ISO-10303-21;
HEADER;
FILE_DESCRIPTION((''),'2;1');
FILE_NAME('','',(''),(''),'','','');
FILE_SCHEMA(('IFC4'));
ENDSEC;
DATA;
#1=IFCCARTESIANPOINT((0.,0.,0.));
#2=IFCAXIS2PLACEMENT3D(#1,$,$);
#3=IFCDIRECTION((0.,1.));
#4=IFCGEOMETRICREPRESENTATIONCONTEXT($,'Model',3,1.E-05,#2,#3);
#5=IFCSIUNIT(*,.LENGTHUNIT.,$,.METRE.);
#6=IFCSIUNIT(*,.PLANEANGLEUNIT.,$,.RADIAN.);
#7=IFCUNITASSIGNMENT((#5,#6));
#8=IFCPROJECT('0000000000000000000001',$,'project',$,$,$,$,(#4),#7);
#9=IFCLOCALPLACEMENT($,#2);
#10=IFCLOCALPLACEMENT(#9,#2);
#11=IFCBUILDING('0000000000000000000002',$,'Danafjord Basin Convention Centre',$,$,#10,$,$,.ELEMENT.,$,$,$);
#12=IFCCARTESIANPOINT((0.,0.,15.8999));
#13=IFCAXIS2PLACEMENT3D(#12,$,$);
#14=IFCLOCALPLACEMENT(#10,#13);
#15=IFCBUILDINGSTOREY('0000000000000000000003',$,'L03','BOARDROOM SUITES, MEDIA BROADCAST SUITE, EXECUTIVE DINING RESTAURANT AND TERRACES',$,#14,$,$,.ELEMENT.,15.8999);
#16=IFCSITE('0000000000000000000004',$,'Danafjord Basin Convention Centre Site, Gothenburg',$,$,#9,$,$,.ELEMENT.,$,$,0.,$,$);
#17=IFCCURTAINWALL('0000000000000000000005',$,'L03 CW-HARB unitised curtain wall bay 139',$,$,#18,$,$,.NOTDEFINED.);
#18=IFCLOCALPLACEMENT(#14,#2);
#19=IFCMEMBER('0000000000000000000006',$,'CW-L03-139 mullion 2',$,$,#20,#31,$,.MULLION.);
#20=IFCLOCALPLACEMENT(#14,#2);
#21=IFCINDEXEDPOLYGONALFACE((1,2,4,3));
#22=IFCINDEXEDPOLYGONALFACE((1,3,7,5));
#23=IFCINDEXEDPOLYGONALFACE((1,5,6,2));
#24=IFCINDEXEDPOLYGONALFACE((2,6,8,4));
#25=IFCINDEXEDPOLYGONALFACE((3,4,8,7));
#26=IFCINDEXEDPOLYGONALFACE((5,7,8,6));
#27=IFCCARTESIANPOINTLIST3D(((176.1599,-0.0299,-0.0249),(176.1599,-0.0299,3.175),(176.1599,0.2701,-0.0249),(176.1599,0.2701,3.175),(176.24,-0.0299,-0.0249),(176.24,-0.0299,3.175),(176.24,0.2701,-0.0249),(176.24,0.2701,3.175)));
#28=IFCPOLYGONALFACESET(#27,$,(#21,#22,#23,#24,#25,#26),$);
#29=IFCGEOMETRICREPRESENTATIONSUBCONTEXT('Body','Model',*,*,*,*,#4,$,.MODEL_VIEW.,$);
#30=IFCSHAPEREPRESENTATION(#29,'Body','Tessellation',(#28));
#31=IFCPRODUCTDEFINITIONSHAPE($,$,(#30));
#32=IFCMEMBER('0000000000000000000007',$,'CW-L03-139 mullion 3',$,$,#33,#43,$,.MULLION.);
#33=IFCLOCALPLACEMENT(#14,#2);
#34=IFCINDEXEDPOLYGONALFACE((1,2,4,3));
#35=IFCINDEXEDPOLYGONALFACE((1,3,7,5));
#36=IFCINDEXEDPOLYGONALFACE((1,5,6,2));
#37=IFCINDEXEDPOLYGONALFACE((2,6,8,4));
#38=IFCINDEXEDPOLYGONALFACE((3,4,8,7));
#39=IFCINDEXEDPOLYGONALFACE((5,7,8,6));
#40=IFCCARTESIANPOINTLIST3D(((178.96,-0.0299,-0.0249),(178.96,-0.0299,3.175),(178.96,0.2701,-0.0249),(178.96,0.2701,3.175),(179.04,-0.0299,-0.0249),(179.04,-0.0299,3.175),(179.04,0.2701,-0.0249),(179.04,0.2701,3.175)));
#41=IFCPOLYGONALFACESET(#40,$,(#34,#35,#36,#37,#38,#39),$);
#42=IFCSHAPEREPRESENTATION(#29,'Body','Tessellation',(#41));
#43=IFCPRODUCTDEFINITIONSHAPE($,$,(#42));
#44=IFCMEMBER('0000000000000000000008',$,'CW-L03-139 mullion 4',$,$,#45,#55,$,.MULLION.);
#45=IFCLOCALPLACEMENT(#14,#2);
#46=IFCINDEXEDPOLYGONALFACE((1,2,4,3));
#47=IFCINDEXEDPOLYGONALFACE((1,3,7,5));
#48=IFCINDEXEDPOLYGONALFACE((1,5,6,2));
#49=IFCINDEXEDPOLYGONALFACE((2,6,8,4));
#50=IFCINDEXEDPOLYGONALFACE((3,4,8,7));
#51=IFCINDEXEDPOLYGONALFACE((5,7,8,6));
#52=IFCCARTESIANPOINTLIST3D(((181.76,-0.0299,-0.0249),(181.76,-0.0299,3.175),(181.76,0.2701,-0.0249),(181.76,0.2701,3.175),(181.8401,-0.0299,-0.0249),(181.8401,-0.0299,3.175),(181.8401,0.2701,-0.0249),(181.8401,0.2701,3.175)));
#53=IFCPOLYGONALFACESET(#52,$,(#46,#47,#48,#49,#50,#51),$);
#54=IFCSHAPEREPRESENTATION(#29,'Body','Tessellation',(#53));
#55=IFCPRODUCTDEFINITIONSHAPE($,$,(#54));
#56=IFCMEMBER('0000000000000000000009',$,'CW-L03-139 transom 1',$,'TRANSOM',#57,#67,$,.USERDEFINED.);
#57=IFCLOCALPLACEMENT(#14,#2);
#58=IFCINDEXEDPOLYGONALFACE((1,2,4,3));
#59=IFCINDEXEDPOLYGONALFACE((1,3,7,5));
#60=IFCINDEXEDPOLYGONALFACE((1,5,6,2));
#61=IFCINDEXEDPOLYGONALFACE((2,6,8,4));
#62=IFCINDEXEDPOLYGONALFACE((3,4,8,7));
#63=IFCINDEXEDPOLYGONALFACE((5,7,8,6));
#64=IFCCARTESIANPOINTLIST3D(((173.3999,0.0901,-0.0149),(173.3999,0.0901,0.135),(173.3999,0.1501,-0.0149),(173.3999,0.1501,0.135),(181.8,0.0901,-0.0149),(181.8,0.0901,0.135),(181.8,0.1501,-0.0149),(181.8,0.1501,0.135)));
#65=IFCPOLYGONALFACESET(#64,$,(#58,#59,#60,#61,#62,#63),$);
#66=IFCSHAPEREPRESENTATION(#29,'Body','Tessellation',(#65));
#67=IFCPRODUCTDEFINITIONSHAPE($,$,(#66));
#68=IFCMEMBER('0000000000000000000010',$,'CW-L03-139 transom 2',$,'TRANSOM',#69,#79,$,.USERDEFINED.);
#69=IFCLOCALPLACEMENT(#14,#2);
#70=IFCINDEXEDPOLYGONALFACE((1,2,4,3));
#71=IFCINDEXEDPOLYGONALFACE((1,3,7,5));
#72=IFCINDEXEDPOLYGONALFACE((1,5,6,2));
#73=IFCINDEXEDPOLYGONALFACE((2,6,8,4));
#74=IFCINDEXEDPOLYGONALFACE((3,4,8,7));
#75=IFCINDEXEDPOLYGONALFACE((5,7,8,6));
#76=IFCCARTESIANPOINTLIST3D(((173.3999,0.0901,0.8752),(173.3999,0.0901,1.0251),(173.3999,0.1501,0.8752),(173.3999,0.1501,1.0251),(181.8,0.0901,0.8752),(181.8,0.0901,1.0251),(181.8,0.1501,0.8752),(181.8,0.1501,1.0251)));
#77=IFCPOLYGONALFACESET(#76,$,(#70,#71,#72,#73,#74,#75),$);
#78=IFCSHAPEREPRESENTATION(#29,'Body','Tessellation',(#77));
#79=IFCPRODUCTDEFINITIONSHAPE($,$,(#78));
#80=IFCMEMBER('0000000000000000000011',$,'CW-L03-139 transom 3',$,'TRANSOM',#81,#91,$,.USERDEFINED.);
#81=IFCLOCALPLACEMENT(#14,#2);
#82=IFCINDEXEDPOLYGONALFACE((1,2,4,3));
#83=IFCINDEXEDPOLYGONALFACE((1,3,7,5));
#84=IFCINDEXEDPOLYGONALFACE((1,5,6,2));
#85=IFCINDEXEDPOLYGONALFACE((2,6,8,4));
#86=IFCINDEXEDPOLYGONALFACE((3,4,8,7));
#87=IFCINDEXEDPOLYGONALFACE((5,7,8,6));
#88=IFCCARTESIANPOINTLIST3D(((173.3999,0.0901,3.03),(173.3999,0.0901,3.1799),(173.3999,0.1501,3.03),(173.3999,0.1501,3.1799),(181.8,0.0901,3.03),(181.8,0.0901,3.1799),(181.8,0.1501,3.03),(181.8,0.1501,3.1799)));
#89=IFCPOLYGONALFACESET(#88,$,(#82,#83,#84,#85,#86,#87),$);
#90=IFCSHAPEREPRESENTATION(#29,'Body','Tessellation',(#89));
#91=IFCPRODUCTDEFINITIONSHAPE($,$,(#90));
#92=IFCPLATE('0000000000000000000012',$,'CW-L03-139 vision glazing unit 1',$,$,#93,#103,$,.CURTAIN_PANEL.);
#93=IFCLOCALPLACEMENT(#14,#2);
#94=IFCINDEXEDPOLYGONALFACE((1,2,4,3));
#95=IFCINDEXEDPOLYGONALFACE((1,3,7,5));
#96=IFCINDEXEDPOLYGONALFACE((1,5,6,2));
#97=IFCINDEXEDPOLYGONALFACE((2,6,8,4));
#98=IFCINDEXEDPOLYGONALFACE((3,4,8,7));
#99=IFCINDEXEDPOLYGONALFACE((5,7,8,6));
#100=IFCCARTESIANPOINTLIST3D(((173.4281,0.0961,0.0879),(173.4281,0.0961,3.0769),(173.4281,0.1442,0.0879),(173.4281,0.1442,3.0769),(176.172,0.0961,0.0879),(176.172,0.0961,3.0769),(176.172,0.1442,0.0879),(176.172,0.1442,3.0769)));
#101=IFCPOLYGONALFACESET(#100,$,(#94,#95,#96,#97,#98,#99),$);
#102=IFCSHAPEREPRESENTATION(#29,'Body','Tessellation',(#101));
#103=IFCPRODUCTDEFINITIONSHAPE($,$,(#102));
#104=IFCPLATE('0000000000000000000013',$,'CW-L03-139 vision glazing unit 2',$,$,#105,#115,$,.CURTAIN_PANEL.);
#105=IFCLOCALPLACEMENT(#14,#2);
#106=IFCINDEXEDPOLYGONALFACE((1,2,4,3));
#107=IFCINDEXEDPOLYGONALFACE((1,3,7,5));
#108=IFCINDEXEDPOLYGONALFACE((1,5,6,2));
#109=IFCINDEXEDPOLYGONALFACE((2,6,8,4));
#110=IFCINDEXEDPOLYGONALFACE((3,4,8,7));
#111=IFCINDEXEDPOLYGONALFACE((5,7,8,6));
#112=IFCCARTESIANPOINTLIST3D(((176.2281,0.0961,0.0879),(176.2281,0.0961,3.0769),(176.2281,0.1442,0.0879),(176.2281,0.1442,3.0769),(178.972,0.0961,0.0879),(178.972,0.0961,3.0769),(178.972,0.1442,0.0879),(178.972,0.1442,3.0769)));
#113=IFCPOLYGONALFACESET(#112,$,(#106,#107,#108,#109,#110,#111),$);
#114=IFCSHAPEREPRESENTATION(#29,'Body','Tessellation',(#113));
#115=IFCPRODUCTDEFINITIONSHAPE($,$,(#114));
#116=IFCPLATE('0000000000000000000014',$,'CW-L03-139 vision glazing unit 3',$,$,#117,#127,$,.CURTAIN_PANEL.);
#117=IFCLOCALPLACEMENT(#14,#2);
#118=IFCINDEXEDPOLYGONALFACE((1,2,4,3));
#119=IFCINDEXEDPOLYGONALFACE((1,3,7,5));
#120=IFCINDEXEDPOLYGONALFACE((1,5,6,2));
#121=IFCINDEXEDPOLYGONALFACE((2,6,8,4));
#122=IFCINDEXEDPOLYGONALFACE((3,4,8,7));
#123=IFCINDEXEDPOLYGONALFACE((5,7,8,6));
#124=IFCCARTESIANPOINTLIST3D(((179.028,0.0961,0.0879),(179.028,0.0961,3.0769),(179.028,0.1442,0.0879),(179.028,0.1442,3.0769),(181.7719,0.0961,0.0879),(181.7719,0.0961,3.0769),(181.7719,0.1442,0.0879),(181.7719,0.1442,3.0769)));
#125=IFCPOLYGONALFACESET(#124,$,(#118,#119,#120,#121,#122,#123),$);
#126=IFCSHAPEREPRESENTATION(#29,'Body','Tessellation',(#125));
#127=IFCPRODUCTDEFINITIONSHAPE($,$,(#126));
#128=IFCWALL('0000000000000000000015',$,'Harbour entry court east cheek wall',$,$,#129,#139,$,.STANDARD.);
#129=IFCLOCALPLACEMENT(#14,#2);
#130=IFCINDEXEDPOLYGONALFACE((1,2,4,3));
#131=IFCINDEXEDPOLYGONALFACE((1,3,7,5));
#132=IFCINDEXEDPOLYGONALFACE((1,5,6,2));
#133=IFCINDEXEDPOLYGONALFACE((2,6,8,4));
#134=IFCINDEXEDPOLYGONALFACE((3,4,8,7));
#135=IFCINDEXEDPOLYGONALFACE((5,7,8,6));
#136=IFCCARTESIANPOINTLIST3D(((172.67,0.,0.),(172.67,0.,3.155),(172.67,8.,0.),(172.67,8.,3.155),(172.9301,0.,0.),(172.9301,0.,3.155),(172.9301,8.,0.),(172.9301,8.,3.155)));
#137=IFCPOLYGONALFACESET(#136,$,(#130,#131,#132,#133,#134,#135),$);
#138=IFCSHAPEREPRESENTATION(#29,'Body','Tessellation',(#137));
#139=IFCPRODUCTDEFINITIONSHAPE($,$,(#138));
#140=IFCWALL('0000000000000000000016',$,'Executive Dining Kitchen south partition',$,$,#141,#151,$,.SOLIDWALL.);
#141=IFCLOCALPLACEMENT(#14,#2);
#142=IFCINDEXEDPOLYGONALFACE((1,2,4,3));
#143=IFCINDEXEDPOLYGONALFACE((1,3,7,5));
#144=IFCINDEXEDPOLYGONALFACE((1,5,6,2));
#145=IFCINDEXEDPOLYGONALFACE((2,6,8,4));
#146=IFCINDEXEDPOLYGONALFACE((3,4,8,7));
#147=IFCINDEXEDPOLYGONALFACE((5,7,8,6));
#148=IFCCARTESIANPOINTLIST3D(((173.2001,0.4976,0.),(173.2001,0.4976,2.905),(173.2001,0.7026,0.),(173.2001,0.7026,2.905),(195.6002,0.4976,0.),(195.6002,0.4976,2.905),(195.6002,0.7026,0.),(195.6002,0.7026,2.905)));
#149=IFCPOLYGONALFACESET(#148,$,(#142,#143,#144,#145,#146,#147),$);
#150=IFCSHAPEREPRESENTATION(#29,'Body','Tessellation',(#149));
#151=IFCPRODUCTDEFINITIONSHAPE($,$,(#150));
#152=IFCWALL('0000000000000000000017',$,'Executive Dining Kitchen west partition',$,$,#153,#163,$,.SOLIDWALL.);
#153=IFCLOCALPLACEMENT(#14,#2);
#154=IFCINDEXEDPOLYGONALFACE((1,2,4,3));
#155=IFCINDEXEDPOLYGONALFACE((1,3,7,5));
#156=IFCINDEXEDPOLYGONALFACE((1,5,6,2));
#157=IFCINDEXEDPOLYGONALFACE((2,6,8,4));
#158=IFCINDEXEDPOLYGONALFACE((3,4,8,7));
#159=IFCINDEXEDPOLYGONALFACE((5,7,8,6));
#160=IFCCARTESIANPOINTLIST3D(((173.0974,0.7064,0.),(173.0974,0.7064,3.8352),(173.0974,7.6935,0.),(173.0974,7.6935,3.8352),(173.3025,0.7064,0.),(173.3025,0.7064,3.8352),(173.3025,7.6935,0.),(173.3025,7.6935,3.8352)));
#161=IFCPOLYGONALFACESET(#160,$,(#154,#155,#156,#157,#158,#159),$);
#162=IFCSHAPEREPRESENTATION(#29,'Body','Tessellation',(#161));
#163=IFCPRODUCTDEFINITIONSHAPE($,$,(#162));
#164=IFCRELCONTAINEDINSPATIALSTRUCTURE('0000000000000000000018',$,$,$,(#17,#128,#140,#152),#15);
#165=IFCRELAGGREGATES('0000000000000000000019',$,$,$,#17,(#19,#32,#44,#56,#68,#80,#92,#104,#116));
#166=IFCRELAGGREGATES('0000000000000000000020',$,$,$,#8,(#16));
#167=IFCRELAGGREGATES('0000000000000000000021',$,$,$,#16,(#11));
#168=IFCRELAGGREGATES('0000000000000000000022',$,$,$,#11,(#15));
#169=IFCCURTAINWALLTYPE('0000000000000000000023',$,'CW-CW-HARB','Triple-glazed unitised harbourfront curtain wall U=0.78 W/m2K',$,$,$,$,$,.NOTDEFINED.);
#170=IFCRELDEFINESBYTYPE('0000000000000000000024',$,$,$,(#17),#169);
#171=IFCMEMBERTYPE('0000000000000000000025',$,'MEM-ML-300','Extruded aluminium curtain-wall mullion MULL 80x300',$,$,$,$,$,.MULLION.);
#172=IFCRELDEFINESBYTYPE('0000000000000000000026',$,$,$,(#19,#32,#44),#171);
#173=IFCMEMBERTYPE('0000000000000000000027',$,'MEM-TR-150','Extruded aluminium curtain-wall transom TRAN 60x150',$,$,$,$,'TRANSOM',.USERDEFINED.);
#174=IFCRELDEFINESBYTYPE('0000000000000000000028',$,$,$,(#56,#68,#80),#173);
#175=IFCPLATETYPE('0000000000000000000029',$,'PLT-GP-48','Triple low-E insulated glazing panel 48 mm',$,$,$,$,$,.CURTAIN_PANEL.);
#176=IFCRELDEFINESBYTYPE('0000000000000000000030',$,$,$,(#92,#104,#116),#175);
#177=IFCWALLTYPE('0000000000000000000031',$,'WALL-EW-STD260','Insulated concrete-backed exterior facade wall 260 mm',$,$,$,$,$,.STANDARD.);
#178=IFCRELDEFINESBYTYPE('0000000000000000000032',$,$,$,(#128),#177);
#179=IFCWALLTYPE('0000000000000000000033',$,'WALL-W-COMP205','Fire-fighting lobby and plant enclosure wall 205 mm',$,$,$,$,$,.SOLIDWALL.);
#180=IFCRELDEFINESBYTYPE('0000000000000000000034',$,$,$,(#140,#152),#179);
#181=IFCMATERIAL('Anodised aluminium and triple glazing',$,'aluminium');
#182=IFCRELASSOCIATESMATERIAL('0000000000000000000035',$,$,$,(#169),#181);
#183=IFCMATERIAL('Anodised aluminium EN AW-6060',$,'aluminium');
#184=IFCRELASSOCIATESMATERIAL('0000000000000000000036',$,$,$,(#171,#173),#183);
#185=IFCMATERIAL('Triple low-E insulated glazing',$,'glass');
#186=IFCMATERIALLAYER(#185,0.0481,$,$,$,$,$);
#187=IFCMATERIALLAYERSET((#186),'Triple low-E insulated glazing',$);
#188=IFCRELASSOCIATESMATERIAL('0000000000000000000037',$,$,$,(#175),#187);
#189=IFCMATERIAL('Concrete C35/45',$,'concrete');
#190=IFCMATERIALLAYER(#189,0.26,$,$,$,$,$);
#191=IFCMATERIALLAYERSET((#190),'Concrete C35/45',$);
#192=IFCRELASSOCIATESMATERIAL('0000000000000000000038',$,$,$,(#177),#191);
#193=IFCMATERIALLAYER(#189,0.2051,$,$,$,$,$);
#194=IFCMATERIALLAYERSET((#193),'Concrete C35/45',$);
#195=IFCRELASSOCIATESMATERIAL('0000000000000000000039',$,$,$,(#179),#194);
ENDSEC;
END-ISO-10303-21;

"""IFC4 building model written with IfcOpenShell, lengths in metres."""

from ifc_helpers import new_model, si_unit, direction, frame, frame_2d, origin, origin_2d, place, context, subcontext, project, spatial, rectangle, extrude, material, layer, layer_set, material_profile, profile_set, type_object, element, aggregate, save


model = new_model("IFC4")

# Units and contexts
model_context = context("Model", 3, precision=1e-05, world=origin(), true_north=direction((0.0, 1.0)))
body_context = subcontext(model_context, "Body", "Model", "MODEL_VIEW")
ifc_project = project(units=[si_unit("LENGTHUNIT", "METRE"), si_unit("PLANEANGLEUNIT", "RADIAN")], contexts=[model_context])

# Site, building, storey
site_placement = place(None, origin())
site = spatial("IfcSite", under=ifc_project, at=site_placement, Name="Danafjord Basin Convention Centre Site, Gothenburg", CompositionType="ELEMENT", RefElevation=0.0)
building_placement = place(site_placement, origin())
building = spatial("IfcBuilding", under=site, at=building_placement, Name="Danafjord Basin Convention Centre", CompositionType="ELEMENT")
storey_placement = place(building_placement, frame((0.0, 0.0, 15.8999)))
storey = spatial("IfcBuildingStorey", under=building, at=storey_placement, Name="L03", Description="BOARDROOM SUITES, MEDIA BROADCAST SUITE, EXECUTIVE DINING RESTAURANT AND TERRACES", CompositionType="ELEMENT", Elevation=15.8999)

# Curtain wall, members, plates
ifc_material_1 = material(Name="Anodised aluminium and triple glazing", Category="aluminium")
curtain_wall_type = type_object("IfcCurtainWallType", Name="CW-CW-HARB", Description="Triple-glazed unitised harbourfront curtain wall U=0.78 W/m2K", PredefinedType="NOTDEFINED", material=ifc_material_1)
curtain_wall_placement = place(storey_placement, origin())
curtain_wall = element("IfcCurtainWall", 1, at=curtain_wall_placement, inside=storey, type_object=curtain_wall_type, Name="L03 CW-HARB unitised curtain wall bay 139", PredefinedType="NOTDEFINED")
ifc_material_2 = material(Name="Anodised aluminium EN AW-6060", Category="aluminium")
ifc_material_profile_1 = material_profile(ifc_material_2, rectangle(XDim=0.0801, YDim=0.3, at=origin_2d()), Name="MULL 80x300")
ifc_profile_set_1 = profile_set([ifc_material_profile_1], Name="Anodised aluminium EN AW-6060")
member_type_1 = type_object("IfcMemberType", Name="MEM-ML-300", Description="Extruded aluminium curtain-wall mullion MULL 80x300", PredefinedType="MULLION", material=ifc_profile_set_1)
member_1_placement = place(storey_placement, frame((176.2, 0.1201, -0.0249), z_axis=(0.0, 0.0, 1.0), x_axis=(1.0, 0.0, 0.0)))
member_1 = element("IfcMember", 2, at=member_1_placement, type_object=member_type_1, Name="CW-L03-139 mullion 2", PredefinedType="MULLION", context=body_context, shape_type="SweptSolid", body=[
    extrude(rectangle(XDim=0.0801, YDim=0.3, at=origin_2d()), origin(), (0.0, 0.0, 1.0), 3.2),
])
member_2_placement = place(storey_placement, frame((179.0, 0.1201, -0.0249), z_axis=(0.0, 0.0, 1.0), x_axis=(1.0, 0.0, 0.0)))
member_2 = element("IfcMember", 3, at=member_2_placement, type_object=member_type_1, Name="CW-L03-139 mullion 3", PredefinedType="MULLION", context=body_context, shape_type="SweptSolid", body=[
    extrude(rectangle(XDim=0.0801, YDim=0.3, at=origin_2d()), origin(), (0.0, 0.0, 1.0), 3.2),
])
member_3_placement = place(storey_placement, frame((181.8, 0.1201, -0.0249), z_axis=(0.0, 0.0, 1.0), x_axis=(1.0, 0.0, 0.0)))
member_3 = element("IfcMember", 4, at=member_3_placement, type_object=member_type_1, Name="CW-L03-139 mullion 4", PredefinedType="MULLION", context=body_context, shape_type="SweptSolid", body=[
    extrude(rectangle(XDim=0.0801, YDim=0.3, at=origin_2d()), origin(), (0.0, 0.0, 1.0), 3.2),
])
ifc_material_profile_2 = material_profile(ifc_material_2, rectangle(XDim=0.0601, YDim=0.1499, at=origin_2d()), Name="TRAN 60x150")
ifc_profile_set_2 = profile_set([ifc_material_profile_2], Name="Anodised aluminium EN AW-6060")
member_type_2 = type_object("IfcMemberType", Name="MEM-TR-150", Description="Extruded aluminium curtain-wall transom TRAN 60x150", ElementType="TRANSOM", PredefinedType="USERDEFINED", material=ifc_profile_set_2)
member_4_placement = place(storey_placement, frame((173.3999, 0.1201, 0.0601), z_axis=(1.0, 0.0, 0.0), x_axis=(0.0, 1.0, 0.0)))
member_4 = element("IfcMember", 5, at=member_4_placement, type_object=member_type_2, Name="CW-L03-139 transom 1", ObjectType="TRANSOM", PredefinedType="USERDEFINED", context=body_context, shape_type="SweptSolid", body=[
    extrude(rectangle(XDim=0.0601, YDim=0.1499, at=origin_2d()), origin(), (0.0, 0.0, 1.0), 8.4001),
])
member_5_placement = place(storey_placement, frame((173.3999, 0.1201, 0.9502), z_axis=(1.0, 0.0, 0.0), x_axis=(0.0, 1.0, 0.0)))
member_5 = element("IfcMember", 6, at=member_5_placement, type_object=member_type_2, Name="CW-L03-139 transom 2", ObjectType="TRANSOM", PredefinedType="USERDEFINED", context=body_context, shape_type="SweptSolid", body=[
    extrude(rectangle(XDim=0.0601, YDim=0.1499, at=origin_2d()), origin(), (0.0, 0.0, 1.0), 8.4001),
])
member_6_placement = place(storey_placement, frame((173.3999, 0.1201, 3.105), z_axis=(1.0, 0.0, 0.0), x_axis=(0.0, 1.0, 0.0)))
member_6 = element("IfcMember", 7, at=member_6_placement, type_object=member_type_2, Name="CW-L03-139 transom 3", ObjectType="TRANSOM", PredefinedType="USERDEFINED", context=body_context, shape_type="SweptSolid", body=[
    extrude(rectangle(XDim=0.0601, YDim=0.1499, at=origin_2d()), origin(), (0.0, 0.0, 1.0), 8.4001),
])
ifc_material_3 = material(Name="Triple low-E insulated glazing", Category="glass")
ifc_layer_1 = layer(ifc_material_3, 0.0481)
ifc_layer_set_1 = layer_set([ifc_layer_1], Name="Triple low-E insulated glazing")
plate_type = type_object("IfcPlateType", Name="PLT-GP-48", Description="Triple low-E insulated glazing panel 48 mm", PredefinedType="CURTAIN_PANEL", material=ifc_layer_set_1)
plate_1_placement = place(storey_placement, frame((174.8, 0.1201, 0.0879), z_axis=(0.0, 0.0, 1.0), x_axis=(1.0, 0.0, 0.0)))
plate_1 = element("IfcPlate", 8, at=plate_1_placement, type_object=plate_type, Name="CW-L03-139 vision glazing unit 1", PredefinedType="CURTAIN_PANEL", context=body_context, shape_type="SweptSolid", body=[
    extrude(rectangle(XDim=2.7439, YDim=0.0481, at=origin_2d()), origin(), (0.0, 0.0, 1.0), 2.989),
])
plate_2_placement = place(storey_placement, frame((177.6001, 0.1201, 0.0879), z_axis=(0.0, 0.0, 1.0), x_axis=(1.0, 0.0, 0.0)))
plate_2 = element("IfcPlate", 9, at=plate_2_placement, type_object=plate_type, Name="CW-L03-139 vision glazing unit 2", PredefinedType="CURTAIN_PANEL", context=body_context, shape_type="SweptSolid", body=[
    extrude(rectangle(XDim=2.7439, YDim=0.0481, at=origin_2d()), origin(), (0.0, 0.0, 1.0), 2.989),
])
plate_3_placement = place(storey_placement, frame((180.3999, 0.1201, 0.0879), z_axis=(0.0, 0.0, 1.0), x_axis=(1.0, 0.0, 0.0)))
plate_3 = element("IfcPlate", 10, at=plate_3_placement, type_object=plate_type, Name="CW-L03-139 vision glazing unit 3", PredefinedType="CURTAIN_PANEL", context=body_context, shape_type="SweptSolid", body=[
    extrude(rectangle(XDim=2.7439, YDim=0.0481, at=origin_2d()), origin(), (0.0, 0.0, 1.0), 2.989),
])
aggregate(curtain_wall, [member_1, member_2, member_3, member_4, member_5, member_6, plate_1, plate_2, plate_3])

# Walls
ifc_material_4 = material(Name="Concrete C35/45", Category="concrete")
ifc_layer_2 = layer(ifc_material_4, 0.26)
ifc_layer_set_2 = layer_set([ifc_layer_2], Name="Concrete C35/45")
wall_type_1 = type_object("IfcWallType", Name="WALL-EW-STD260", Description="Insulated concrete-backed exterior facade wall 260 mm", PredefinedType="STANDARD", material=ifc_layer_set_2)
wall_1_placement = place(storey_placement, frame((172.8, 0.0, 0.0), z_axis=(0.0, 0.0, 1.0), x_axis=(0.0, 1.0, 0.0)))
element("IfcWall", 11, at=wall_1_placement, inside=storey, type_object=wall_type_1, Name="Harbour entry court east cheek wall", PredefinedType="STANDARD", context=body_context, shape_type="SweptSolid", body=[
    extrude(rectangle(XDim=8.0, YDim=0.26, at=frame_2d((4.0, 0.0))), origin(), (0.0, 0.0, 1.0), 3.155),
])
ifc_layer_3 = layer(ifc_material_4, 0.2051)
ifc_layer_set_3 = layer_set([ifc_layer_3], Name="Concrete C35/45")
wall_type_2 = type_object("IfcWallType", Name="WALL-W-COMP205", Description="Fire-fighting lobby and plant enclosure wall 205 mm", PredefinedType="SOLIDWALL", material=ifc_layer_set_3)
wall_2_placement = place(storey_placement, frame((173.2, 0.6001, 0.0), z_axis=(0.0, 0.0, 1.0), x_axis=(1.0, 0.0, 0.0)))
element("IfcWall", 12, at=wall_2_placement, inside=storey, type_object=wall_type_2, Name="Executive Dining Kitchen south partition", PredefinedType="SOLIDWALL", context=body_context, shape_type="SweptSolid", body=[
    extrude(rectangle(XDim=22.4001, YDim=0.2051, at=frame_2d((11.2002, 0.0))), origin(), (0.0, 0.0, 1.0), 2.905),
])
wall_3_placement = place(storey_placement, frame((173.2, 7.6936, 0.0), z_axis=(0.0, 0.0, 1.0), x_axis=(0.0, -1.0, 0.0)))
element("IfcWall", 13, at=wall_3_placement, inside=storey, type_object=wall_type_2, Name="Executive Dining Kitchen west partition", PredefinedType="SOLIDWALL", context=body_context, shape_type="SweptSolid", body=[
    extrude(rectangle(XDim=6.9871, YDim=0.2051, at=frame_2d((3.4937, 0.0))), origin(), (0.0, 0.0, 1.0), 3.8352),
])

save(model, "model.ifc")
